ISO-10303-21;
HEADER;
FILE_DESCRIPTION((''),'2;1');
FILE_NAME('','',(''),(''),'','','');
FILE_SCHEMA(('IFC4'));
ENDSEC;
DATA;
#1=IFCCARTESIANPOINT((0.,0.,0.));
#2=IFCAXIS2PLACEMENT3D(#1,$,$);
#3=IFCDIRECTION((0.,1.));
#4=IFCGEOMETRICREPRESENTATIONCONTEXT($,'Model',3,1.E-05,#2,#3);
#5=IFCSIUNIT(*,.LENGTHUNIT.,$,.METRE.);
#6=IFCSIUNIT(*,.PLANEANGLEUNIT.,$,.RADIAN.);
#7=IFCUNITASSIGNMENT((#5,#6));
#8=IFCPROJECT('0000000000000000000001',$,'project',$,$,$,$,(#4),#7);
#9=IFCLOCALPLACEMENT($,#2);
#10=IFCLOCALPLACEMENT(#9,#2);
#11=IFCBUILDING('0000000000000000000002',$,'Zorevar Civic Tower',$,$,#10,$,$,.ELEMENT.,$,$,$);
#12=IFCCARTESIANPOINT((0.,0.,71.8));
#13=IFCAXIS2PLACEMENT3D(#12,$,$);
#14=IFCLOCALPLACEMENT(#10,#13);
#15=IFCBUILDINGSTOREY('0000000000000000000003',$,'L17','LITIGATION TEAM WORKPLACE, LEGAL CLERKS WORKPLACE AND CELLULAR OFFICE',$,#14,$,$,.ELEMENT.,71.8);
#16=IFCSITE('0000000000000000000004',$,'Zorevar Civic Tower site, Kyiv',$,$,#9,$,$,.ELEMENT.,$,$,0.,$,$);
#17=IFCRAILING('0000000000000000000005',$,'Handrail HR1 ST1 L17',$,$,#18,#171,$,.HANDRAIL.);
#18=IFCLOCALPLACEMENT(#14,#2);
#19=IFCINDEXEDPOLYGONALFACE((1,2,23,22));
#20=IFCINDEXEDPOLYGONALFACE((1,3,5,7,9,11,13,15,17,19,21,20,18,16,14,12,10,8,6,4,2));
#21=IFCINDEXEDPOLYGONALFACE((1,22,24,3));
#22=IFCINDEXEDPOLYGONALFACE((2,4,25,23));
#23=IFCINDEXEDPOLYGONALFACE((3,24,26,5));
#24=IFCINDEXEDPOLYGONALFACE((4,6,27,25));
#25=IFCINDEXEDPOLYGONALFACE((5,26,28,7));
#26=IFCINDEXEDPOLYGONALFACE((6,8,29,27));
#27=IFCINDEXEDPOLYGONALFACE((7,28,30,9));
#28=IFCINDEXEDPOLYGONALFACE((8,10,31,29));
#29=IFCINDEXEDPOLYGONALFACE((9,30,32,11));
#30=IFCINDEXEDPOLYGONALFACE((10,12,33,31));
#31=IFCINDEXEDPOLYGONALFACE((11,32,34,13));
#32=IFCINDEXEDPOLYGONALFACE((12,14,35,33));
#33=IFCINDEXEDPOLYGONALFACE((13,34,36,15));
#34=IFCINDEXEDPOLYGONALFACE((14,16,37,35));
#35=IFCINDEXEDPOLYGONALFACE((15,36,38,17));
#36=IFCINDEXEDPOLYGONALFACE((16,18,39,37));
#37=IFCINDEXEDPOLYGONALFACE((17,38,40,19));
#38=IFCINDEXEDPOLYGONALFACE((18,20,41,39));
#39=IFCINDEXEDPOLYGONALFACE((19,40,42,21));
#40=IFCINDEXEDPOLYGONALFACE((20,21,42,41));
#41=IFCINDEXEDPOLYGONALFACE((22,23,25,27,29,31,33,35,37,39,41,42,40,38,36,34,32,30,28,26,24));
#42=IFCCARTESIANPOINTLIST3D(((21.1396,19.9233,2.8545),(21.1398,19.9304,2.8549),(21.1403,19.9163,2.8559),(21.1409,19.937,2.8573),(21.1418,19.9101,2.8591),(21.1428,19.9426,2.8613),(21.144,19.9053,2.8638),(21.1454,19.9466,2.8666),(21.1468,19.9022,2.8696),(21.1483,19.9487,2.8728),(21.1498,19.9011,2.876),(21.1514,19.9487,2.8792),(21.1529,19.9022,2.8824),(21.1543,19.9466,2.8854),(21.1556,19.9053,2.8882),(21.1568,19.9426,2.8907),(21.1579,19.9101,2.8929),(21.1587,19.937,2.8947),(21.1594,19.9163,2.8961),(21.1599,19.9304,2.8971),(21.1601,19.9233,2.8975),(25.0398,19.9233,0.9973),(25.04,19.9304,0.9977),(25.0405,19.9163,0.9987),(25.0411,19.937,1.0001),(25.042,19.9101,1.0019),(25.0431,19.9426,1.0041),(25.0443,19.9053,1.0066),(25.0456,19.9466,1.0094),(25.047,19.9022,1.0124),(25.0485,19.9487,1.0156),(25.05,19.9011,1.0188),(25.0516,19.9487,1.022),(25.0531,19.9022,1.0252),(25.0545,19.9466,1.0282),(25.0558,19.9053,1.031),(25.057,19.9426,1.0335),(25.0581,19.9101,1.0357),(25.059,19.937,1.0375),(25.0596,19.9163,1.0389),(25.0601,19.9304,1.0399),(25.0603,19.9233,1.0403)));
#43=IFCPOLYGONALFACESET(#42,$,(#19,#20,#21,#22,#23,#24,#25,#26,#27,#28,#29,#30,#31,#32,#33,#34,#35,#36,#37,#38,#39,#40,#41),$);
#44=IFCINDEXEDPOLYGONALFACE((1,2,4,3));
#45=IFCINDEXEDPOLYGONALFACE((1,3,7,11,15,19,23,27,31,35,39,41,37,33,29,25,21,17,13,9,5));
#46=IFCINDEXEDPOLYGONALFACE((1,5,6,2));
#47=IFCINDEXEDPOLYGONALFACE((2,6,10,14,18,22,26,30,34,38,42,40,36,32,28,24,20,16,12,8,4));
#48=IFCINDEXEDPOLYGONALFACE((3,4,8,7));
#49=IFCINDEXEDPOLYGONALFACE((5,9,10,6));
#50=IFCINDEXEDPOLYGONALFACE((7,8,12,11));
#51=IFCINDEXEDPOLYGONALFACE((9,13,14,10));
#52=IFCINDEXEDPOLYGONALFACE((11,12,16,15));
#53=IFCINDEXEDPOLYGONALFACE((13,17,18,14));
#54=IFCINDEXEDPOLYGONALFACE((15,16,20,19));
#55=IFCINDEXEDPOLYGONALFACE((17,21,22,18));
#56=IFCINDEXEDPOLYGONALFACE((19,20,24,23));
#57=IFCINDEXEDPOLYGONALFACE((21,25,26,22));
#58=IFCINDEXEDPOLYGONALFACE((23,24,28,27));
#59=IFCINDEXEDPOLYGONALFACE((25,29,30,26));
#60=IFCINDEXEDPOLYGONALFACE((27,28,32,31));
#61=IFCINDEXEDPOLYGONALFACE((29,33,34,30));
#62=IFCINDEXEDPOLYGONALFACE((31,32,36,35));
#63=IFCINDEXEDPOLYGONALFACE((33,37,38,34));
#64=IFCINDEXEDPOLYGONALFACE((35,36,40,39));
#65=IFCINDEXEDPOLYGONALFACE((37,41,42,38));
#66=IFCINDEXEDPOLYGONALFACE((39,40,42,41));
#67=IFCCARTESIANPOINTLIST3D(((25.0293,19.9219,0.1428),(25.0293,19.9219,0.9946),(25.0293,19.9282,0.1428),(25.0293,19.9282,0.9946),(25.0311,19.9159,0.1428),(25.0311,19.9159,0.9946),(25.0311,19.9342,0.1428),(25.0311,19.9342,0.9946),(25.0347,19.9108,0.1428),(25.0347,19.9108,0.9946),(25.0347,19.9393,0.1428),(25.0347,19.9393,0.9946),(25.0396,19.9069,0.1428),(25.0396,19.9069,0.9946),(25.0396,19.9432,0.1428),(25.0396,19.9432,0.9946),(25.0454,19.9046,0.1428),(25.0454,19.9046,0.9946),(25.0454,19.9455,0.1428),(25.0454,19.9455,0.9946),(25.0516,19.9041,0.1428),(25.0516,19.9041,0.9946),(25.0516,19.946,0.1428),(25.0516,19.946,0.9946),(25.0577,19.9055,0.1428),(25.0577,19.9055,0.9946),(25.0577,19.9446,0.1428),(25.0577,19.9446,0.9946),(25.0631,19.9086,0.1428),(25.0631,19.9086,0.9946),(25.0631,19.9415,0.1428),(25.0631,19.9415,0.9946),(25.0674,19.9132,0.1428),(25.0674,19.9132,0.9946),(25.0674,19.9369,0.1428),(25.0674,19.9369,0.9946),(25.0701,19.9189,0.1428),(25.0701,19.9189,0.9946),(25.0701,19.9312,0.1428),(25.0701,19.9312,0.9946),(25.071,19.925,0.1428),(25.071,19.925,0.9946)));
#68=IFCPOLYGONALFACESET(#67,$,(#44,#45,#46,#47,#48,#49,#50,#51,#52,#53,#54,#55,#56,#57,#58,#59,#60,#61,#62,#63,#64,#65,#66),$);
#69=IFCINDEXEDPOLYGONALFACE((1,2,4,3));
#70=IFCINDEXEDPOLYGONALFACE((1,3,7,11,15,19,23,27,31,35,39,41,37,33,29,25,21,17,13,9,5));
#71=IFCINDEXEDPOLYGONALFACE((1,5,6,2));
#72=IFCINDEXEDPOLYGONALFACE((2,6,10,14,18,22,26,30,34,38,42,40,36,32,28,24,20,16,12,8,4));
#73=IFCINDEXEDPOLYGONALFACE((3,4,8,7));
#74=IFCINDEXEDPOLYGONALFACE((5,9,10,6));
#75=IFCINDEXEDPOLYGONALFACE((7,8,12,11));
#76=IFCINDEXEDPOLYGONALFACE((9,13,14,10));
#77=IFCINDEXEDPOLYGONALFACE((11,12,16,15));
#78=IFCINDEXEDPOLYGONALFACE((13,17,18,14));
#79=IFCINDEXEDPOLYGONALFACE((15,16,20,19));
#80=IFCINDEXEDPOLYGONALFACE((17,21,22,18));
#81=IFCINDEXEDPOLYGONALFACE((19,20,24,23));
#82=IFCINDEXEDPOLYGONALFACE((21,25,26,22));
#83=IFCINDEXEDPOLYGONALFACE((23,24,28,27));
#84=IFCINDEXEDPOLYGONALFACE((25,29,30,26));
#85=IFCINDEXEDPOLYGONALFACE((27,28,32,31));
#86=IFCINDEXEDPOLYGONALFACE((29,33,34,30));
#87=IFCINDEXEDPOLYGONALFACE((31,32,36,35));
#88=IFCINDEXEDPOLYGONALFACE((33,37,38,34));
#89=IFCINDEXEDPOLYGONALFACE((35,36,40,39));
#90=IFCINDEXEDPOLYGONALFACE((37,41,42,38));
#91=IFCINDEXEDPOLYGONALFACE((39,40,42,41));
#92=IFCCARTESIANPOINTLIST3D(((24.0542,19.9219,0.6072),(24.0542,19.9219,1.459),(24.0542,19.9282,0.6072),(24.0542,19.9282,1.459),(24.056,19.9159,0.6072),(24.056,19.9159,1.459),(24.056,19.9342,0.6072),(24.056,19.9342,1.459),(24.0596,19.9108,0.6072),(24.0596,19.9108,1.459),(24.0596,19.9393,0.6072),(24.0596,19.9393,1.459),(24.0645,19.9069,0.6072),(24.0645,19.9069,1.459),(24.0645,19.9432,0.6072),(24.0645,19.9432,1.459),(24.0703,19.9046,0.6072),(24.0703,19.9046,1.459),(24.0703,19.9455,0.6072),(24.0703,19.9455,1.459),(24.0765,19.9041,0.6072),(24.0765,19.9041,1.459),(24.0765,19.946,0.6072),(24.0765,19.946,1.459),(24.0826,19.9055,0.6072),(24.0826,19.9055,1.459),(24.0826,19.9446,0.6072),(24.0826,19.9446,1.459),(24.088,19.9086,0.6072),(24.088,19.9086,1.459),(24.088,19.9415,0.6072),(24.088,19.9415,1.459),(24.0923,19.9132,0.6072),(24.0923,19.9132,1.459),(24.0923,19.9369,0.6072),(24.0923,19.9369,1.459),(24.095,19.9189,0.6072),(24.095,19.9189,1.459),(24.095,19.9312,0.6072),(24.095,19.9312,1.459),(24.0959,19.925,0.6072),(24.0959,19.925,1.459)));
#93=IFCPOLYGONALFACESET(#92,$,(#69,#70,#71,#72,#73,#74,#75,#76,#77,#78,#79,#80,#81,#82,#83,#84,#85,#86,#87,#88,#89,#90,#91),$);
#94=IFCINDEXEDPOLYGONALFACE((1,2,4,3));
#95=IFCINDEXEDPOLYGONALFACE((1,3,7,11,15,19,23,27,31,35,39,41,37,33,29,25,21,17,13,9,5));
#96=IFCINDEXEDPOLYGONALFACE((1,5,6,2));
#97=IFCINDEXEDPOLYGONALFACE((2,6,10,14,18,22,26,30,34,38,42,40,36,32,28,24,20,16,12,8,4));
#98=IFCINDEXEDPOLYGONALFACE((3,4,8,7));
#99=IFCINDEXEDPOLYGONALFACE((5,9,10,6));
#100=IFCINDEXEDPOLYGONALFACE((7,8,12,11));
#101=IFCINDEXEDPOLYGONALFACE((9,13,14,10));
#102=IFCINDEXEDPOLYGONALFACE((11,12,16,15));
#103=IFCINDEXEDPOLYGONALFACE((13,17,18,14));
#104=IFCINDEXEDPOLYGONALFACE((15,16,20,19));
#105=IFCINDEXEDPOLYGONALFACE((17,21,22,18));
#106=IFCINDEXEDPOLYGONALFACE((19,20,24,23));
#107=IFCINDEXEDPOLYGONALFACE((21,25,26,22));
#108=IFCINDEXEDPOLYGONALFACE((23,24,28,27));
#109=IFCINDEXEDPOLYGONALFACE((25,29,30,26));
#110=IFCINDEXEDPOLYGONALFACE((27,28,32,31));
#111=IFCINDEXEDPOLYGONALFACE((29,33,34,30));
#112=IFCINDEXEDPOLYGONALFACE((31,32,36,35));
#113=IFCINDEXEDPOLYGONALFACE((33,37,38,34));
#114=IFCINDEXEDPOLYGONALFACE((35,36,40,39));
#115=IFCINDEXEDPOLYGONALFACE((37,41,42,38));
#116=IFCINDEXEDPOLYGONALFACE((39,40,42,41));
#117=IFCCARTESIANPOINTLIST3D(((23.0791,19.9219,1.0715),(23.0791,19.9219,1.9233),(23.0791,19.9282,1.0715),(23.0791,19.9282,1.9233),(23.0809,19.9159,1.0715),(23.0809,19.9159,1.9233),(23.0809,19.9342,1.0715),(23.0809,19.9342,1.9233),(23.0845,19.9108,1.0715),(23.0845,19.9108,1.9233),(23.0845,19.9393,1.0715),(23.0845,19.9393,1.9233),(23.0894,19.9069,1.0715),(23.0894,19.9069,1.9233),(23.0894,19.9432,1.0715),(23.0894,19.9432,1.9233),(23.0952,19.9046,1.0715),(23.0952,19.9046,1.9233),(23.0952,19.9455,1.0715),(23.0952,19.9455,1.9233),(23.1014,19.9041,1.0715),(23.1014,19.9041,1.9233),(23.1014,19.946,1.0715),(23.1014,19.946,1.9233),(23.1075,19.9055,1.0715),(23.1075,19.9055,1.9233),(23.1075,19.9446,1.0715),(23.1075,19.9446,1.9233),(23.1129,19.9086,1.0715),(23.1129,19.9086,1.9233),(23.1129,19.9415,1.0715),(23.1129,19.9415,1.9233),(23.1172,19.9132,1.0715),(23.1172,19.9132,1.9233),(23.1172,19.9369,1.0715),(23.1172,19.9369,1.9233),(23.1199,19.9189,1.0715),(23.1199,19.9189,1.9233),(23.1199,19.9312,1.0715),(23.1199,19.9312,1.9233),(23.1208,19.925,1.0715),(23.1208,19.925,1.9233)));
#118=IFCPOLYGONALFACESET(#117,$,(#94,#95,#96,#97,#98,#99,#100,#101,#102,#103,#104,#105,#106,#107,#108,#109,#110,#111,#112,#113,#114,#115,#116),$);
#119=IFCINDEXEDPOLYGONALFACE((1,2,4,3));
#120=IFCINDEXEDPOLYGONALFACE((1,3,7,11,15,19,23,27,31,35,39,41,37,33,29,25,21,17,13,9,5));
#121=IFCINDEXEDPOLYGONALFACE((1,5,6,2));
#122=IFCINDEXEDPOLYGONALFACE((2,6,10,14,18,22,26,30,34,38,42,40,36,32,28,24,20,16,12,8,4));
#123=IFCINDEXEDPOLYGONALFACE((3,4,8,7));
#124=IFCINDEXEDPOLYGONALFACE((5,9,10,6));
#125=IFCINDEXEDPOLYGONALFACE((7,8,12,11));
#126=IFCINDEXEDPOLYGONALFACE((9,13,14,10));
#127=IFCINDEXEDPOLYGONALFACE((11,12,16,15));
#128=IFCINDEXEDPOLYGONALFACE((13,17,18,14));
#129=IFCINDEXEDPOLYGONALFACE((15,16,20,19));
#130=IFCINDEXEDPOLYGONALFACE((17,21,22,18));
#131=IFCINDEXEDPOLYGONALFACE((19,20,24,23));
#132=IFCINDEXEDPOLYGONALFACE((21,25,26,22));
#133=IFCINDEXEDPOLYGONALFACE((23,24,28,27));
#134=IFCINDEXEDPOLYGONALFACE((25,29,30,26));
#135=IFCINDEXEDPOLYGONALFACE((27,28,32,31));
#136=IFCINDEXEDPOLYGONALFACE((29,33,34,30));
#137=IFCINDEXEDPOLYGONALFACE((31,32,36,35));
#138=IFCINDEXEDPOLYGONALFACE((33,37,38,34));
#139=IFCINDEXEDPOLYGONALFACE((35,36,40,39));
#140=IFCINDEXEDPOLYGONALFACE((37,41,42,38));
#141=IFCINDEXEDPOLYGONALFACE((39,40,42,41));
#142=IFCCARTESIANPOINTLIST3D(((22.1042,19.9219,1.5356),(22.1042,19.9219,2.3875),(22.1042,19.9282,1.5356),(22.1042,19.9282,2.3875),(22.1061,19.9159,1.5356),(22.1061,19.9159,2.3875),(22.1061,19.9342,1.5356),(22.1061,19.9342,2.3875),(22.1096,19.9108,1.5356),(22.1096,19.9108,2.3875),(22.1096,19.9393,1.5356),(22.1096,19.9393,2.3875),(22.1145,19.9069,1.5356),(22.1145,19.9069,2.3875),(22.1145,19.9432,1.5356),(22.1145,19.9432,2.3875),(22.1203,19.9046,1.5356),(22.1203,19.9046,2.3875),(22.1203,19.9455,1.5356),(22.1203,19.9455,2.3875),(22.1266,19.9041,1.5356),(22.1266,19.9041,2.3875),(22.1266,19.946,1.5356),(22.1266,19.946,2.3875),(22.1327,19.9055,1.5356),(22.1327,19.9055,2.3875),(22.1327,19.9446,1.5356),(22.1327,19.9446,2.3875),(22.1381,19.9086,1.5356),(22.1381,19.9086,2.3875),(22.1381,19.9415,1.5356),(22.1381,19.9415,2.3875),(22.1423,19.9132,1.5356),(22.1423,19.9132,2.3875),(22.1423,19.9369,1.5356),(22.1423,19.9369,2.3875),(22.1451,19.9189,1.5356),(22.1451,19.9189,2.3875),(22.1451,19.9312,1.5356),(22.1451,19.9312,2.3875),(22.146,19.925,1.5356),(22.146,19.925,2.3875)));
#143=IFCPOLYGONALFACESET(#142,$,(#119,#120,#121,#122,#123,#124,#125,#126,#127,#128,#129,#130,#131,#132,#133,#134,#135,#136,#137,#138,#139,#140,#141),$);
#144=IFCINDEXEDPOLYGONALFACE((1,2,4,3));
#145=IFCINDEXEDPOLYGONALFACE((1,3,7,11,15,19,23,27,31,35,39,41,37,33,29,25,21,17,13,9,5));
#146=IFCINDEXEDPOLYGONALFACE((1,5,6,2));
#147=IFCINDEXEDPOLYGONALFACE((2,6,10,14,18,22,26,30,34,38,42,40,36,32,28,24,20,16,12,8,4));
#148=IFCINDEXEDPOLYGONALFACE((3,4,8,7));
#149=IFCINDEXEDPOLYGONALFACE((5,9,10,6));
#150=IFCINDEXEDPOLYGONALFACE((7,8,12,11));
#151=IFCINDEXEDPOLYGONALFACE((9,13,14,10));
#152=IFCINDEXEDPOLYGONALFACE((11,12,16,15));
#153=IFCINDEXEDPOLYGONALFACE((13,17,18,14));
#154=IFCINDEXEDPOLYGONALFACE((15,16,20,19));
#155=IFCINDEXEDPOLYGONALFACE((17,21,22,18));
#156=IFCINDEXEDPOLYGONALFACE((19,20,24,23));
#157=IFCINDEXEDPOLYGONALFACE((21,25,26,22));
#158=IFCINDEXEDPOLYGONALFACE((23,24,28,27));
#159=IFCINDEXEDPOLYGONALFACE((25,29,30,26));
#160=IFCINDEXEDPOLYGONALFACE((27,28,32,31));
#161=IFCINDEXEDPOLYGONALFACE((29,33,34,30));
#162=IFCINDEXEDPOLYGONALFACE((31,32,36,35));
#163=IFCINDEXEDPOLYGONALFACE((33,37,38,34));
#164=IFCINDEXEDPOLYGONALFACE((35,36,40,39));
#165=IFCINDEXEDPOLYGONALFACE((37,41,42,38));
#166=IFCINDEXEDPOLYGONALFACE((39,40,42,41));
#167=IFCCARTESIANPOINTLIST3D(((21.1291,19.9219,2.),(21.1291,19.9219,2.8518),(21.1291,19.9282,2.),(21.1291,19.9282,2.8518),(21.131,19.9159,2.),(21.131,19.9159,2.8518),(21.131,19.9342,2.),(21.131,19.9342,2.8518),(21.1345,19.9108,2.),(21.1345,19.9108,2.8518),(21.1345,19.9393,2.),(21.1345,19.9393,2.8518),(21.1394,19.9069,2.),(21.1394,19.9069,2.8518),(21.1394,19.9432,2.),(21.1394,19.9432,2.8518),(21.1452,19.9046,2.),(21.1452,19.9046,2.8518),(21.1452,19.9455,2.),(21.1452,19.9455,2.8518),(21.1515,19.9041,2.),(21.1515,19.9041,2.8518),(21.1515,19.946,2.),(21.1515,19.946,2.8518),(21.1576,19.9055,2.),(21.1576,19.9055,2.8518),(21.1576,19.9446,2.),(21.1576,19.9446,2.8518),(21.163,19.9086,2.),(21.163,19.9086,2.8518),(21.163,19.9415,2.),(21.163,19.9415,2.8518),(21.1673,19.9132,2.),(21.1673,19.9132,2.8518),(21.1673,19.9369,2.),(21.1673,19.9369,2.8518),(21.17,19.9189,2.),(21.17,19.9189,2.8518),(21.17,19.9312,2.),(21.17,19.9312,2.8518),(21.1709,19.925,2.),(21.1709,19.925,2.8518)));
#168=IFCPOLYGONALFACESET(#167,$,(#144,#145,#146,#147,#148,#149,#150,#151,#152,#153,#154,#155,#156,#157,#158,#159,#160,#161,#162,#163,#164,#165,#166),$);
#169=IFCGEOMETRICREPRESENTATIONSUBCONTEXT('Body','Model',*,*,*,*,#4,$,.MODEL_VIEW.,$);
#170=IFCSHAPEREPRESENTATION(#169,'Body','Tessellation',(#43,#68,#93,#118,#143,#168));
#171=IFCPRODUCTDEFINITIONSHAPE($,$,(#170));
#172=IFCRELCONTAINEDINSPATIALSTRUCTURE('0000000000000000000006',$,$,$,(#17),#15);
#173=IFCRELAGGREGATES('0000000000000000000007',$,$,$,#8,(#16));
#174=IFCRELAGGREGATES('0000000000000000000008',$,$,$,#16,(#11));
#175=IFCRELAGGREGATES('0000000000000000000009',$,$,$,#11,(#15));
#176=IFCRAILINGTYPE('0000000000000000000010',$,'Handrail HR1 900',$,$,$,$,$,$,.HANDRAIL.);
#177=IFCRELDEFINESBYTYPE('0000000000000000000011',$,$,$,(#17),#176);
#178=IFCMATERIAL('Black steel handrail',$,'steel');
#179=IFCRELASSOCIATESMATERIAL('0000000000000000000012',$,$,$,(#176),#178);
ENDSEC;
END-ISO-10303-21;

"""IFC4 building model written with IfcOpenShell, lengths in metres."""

from ifc_helpers import new_model, si_unit, direction, frame, origin, origin_2d, place, context, subcontext, project, spatial, circle, extrude, material, type_object, element, save


model = new_model("IFC4")

# Units and contexts
model_context = context("Model", 3, precision=1e-05, world=origin(), true_north=direction((0.0, 1.0)))
body_context = subcontext(model_context, "Body", "Model", "MODEL_VIEW")
ifc_project = project(units=[si_unit("LENGTHUNIT", "METRE"), si_unit("PLANEANGLEUNIT", "RADIAN")], contexts=[model_context])

# Site, building, storey
site_placement = place(None, origin())
site = spatial("IfcSite", under=ifc_project, at=site_placement, Name="Zorevar Civic Tower site, Kyiv", CompositionType="ELEMENT", RefElevation=0.0)
building_placement = place(site_placement, origin())
building = spatial("IfcBuilding", under=site, at=building_placement, Name="Zorevar Civic Tower", CompositionType="ELEMENT")
storey_placement = place(building_placement, frame((0.0, 0.0, 71.8)))
storey = spatial("IfcBuildingStorey", under=building, at=storey_placement, Name="L17", Description="LITIGATION TEAM WORKPLACE, LEGAL CLERKS WORKPLACE AND CELLULAR OFFICE", CompositionType="ELEMENT", Elevation=71.8)

# Railing
ifc_material_1 = material(Name="Black steel handrail", Category="steel")
railing_type = type_object("IfcRailingType", Name="Handrail HR1 900", PredefinedType="HANDRAIL", material=ifc_material_1)
railing_1_placement = place(storey_placement, frame((25.05, 19.925, 0.1428)))
element("IfcRailing", 1, at=railing_1_placement, inside=storey, type_object=railing_type, Name="Handrail HR1 ST1 L17", PredefinedType="HANDRAIL", context=body_context, shape_type="SweptSolid", body=[
    extrude(circle(Radius=0.0239, at=origin_2d()), frame((0.0, 0.0, 0.876), z_axis=(-0.902864, 0.0, 0.429927), x_axis=(0.0, -1.0, 0.0)), (0.0, 0.0, 1.0), 4.3198),
    extrude(circle(Radius=0.021, at=origin_2d()), origin(), (0.0, 0.0, 1.0), 0.8518),
    extrude(circle(Radius=0.021, at=origin_2d()), frame((-0.9751, 0.0, 0.4644)), (0.0, 0.0, 1.0), 0.8518),
    extrude(circle(Radius=0.021, at=origin_2d()), frame((-1.9502, 0.0, 0.9287)), (0.0, 0.0, 1.0), 0.8518),
    extrude(circle(Radius=0.021, at=origin_2d()), frame((-2.925, 0.0, 1.3928)), (0.0, 0.0, 1.0), 0.8518),
    extrude(circle(Radius=0.021, at=origin_2d()), frame((-3.9001, 0.0, 1.8572)), (0.0, 0.0, 1.0), 0.8518),
])

save(model, "model.ifc")
